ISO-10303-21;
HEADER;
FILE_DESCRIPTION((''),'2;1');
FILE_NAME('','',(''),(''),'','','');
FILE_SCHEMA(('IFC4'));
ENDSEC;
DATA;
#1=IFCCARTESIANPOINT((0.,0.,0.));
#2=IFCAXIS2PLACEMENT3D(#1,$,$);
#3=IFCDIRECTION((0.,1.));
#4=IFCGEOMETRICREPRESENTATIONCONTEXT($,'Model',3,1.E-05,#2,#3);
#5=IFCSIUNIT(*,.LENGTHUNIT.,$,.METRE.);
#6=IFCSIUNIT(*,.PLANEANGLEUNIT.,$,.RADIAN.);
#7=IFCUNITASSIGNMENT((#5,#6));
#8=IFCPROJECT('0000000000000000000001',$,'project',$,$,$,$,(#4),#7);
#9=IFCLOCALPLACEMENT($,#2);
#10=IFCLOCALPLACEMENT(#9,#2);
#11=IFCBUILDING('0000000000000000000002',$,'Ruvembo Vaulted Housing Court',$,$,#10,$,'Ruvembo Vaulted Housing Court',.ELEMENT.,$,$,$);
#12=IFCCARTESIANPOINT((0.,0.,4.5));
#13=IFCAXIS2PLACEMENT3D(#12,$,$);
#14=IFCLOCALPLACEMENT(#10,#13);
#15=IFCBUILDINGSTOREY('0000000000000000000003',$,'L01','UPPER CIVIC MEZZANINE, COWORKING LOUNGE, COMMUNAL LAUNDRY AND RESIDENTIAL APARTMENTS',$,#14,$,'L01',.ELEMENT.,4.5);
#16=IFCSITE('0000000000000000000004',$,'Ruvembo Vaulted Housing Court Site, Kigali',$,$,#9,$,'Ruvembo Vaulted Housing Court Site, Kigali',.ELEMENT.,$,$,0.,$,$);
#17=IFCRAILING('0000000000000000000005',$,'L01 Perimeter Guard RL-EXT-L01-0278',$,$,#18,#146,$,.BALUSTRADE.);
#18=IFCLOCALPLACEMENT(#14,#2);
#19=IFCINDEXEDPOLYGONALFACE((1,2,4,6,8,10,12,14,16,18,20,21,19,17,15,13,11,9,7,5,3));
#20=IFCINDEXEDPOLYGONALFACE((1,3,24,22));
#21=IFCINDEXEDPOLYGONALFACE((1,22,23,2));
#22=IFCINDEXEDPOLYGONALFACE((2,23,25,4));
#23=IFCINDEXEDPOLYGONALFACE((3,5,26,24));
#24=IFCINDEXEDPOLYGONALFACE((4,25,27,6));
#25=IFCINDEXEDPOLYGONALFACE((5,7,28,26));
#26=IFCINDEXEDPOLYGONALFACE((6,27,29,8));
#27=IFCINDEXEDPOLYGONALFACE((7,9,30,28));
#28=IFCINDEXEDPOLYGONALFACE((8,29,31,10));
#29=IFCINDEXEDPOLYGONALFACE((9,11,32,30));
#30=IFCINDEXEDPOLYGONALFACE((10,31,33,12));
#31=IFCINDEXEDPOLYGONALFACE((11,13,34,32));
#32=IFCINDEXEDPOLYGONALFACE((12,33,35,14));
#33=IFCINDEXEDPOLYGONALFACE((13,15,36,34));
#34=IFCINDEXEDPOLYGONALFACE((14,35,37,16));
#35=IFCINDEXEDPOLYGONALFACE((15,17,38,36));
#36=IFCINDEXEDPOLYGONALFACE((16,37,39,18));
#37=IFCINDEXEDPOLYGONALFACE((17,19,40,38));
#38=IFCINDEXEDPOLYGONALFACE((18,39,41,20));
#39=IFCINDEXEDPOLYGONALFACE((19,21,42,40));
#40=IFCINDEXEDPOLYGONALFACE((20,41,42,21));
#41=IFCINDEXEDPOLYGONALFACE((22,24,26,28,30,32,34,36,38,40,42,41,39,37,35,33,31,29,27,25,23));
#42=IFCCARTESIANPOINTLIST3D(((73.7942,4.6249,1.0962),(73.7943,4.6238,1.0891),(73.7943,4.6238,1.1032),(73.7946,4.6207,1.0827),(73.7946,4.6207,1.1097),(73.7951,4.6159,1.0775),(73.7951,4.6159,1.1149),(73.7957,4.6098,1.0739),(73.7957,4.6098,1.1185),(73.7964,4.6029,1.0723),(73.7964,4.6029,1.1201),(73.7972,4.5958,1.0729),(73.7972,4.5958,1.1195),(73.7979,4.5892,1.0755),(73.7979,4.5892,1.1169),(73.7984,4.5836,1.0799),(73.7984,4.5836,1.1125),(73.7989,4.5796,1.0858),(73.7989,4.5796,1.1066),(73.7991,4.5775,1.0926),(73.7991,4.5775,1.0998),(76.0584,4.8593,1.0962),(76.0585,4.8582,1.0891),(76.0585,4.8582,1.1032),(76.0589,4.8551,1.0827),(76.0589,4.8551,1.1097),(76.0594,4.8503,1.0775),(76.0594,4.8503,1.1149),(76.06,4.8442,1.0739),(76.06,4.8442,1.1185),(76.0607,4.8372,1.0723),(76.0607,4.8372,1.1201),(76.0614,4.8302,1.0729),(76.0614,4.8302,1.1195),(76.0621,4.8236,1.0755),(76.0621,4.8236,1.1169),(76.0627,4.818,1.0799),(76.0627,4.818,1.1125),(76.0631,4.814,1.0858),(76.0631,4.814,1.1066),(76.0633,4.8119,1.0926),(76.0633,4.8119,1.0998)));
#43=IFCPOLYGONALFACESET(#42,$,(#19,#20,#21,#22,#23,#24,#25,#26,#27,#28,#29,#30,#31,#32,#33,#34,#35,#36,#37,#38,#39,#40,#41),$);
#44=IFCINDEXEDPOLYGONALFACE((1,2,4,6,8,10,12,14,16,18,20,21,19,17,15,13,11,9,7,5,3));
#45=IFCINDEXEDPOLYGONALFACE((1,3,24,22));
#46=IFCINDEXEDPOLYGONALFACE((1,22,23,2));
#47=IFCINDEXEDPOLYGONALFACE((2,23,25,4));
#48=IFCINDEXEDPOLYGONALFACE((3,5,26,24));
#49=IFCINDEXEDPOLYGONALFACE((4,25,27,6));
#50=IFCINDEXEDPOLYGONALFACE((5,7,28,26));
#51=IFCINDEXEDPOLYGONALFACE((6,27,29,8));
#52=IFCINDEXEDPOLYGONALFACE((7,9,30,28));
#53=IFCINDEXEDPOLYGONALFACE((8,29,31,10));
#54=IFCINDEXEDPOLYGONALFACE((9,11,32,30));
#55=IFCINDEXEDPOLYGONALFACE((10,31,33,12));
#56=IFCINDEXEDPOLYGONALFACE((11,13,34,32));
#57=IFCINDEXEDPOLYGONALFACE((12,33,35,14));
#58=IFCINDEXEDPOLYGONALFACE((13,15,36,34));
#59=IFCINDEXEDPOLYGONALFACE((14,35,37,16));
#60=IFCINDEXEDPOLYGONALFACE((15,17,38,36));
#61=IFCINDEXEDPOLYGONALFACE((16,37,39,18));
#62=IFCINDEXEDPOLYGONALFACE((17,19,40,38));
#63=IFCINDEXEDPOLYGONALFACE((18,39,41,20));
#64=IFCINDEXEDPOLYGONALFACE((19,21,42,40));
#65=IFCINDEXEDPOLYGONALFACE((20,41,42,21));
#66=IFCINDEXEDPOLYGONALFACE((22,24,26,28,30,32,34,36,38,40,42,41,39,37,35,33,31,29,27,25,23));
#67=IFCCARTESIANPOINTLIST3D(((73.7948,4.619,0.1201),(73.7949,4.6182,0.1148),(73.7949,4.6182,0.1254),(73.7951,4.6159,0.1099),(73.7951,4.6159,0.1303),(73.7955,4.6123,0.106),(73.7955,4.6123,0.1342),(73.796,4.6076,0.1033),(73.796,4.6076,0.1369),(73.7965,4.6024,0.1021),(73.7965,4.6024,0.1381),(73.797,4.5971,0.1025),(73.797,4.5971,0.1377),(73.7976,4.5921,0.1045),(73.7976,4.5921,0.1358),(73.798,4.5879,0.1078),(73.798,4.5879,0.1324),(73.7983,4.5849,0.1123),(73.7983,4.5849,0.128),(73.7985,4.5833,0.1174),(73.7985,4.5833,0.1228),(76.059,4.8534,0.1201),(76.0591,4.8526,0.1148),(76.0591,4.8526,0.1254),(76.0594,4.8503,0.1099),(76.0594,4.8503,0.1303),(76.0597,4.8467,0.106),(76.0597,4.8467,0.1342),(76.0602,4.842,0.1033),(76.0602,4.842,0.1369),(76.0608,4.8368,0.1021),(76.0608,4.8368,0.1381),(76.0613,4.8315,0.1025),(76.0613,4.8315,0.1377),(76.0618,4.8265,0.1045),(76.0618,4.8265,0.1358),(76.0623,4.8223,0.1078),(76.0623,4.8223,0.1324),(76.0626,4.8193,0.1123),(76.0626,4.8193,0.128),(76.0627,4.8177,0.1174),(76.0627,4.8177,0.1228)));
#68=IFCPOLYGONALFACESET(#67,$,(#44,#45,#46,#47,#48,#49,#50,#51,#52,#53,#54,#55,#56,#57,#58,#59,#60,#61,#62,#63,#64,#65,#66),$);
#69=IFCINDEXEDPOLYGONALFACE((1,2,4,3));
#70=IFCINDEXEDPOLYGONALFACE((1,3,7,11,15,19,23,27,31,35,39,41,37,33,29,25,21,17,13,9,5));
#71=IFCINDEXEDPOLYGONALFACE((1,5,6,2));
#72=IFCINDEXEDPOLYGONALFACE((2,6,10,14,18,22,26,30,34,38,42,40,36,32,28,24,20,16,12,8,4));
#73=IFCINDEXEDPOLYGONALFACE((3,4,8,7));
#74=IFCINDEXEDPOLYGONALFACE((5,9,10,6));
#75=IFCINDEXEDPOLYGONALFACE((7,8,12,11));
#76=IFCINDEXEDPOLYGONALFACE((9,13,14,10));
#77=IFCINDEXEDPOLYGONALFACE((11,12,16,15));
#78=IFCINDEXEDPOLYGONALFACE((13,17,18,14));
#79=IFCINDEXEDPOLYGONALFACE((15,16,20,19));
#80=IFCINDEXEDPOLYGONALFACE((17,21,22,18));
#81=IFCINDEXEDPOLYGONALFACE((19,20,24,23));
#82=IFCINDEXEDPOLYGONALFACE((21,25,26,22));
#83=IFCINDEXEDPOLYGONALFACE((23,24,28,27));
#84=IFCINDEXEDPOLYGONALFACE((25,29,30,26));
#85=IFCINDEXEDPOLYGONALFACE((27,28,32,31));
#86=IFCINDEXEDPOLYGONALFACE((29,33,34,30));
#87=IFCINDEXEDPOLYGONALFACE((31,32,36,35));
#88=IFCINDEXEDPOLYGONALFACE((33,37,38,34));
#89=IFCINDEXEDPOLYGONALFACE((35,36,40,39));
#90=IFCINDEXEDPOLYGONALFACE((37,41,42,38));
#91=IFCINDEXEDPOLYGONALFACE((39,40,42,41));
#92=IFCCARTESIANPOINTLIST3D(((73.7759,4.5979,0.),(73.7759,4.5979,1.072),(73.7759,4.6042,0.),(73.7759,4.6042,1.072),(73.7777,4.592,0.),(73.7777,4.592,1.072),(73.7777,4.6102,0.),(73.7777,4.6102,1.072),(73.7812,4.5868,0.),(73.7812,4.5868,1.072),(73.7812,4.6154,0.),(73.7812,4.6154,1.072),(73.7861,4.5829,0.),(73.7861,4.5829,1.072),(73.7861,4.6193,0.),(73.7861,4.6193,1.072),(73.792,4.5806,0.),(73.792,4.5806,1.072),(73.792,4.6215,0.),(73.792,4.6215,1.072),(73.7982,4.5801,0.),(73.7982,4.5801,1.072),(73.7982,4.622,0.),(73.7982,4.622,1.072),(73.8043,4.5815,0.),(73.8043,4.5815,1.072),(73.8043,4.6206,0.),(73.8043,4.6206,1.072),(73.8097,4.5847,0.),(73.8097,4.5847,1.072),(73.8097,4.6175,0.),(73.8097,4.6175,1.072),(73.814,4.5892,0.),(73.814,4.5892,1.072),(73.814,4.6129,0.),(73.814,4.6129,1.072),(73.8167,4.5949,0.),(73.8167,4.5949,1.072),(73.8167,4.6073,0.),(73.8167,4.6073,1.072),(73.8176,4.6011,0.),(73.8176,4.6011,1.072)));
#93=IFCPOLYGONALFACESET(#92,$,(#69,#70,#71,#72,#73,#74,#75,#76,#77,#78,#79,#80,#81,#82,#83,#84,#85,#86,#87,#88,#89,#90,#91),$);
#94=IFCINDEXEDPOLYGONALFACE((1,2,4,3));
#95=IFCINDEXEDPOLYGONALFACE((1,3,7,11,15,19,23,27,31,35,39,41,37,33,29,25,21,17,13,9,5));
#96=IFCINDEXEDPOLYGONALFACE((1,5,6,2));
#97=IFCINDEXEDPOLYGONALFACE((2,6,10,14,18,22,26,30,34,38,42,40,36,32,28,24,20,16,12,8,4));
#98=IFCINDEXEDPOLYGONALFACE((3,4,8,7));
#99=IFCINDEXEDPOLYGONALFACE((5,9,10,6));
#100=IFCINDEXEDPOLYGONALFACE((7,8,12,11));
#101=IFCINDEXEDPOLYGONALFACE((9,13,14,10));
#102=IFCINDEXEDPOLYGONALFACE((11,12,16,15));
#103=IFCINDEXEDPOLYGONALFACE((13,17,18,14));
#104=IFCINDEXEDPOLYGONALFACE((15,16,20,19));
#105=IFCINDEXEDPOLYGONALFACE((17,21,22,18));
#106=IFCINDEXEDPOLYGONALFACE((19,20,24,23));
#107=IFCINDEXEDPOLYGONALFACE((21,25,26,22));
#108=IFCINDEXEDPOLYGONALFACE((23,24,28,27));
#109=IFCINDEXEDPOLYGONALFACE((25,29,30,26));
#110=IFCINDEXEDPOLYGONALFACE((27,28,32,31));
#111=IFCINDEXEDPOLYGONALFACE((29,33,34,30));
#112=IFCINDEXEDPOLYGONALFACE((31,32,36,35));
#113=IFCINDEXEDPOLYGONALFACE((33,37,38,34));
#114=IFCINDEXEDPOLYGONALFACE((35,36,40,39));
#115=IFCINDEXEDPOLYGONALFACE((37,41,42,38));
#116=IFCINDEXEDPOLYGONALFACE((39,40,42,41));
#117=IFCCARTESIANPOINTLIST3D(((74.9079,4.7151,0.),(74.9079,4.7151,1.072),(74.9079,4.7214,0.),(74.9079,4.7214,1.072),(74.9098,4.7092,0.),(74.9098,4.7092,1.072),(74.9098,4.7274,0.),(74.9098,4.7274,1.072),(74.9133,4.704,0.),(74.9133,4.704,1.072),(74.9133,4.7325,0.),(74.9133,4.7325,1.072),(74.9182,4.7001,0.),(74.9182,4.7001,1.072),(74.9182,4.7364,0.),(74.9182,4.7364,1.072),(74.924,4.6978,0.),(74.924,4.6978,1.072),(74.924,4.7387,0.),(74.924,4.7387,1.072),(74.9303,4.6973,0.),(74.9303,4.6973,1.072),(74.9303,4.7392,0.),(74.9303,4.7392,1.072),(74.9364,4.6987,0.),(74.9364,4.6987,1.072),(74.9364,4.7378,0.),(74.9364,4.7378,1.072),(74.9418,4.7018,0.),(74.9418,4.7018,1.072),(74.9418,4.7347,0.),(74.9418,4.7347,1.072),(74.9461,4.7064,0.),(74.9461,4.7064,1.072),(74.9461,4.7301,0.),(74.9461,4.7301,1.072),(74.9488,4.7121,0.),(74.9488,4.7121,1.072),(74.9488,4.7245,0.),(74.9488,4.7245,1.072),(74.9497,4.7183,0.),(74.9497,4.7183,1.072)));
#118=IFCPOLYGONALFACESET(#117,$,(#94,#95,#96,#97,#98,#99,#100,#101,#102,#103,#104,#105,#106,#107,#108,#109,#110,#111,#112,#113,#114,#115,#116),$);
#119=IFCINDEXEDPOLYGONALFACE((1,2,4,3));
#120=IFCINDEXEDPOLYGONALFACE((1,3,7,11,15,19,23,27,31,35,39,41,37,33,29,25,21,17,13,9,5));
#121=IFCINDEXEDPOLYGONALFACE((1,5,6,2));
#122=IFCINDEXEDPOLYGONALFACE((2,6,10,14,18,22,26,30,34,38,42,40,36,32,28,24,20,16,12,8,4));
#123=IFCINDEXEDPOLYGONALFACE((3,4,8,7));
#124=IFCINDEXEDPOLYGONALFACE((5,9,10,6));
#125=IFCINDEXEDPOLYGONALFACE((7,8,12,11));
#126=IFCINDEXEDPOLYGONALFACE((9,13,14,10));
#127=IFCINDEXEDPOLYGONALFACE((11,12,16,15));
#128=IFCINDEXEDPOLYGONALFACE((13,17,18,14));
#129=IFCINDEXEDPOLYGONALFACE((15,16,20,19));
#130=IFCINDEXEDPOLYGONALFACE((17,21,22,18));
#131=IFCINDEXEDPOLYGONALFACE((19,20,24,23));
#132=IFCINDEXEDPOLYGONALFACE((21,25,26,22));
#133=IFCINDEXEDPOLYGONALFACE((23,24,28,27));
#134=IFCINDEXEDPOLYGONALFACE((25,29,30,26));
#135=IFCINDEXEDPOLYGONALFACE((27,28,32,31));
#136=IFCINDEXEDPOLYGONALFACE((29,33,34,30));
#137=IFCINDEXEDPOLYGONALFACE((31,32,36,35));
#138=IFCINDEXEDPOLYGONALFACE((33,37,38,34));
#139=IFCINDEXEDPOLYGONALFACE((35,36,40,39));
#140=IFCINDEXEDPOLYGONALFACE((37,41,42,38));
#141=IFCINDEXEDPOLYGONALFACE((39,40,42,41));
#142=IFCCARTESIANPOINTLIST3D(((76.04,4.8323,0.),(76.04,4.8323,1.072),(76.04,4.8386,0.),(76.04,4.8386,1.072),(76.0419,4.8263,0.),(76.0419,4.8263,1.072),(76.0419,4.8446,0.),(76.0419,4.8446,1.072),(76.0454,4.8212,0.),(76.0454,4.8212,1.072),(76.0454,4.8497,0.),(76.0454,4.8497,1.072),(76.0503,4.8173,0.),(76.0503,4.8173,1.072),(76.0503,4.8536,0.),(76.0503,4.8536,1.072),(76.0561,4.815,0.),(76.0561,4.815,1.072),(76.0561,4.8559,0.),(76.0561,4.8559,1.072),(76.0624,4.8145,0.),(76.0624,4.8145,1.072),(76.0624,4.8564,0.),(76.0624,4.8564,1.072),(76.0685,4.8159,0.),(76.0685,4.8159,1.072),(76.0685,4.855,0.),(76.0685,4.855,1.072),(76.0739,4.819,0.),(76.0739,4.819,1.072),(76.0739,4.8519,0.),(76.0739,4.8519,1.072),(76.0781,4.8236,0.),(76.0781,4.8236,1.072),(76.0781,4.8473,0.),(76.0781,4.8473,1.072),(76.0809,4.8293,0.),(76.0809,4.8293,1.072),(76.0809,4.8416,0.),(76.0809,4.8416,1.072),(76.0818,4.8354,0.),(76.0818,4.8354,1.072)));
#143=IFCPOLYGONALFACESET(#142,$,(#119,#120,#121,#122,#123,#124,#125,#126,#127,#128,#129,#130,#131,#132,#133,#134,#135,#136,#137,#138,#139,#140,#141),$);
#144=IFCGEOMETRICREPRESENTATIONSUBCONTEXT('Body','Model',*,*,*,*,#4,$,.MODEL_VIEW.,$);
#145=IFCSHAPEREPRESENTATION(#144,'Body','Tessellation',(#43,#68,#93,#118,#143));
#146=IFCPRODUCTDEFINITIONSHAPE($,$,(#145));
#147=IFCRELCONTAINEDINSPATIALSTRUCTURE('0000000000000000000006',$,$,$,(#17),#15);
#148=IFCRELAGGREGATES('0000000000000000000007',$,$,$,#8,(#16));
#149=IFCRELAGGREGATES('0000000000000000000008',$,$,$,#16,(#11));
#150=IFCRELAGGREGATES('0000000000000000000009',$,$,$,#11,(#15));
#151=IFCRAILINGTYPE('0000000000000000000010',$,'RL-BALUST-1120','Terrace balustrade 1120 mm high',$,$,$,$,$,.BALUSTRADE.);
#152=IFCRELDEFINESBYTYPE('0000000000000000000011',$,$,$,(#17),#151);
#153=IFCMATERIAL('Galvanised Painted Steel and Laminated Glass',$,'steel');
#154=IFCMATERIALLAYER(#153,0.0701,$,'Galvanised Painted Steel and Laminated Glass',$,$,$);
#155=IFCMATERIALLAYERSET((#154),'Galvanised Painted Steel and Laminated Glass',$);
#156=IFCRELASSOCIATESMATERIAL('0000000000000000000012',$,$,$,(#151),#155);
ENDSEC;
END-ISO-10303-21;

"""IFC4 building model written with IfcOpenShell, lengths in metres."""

from ifc_helpers import new_model, si_unit, direction, frame, origin, origin_2d, place, context, subcontext, project, spatial, circle, extrude, material, layer, layer_set, type_object, element, save


model = new_model("IFC4")

# Units and contexts
model_context = context("Model", 3, precision=1e-05, world=origin(), true_north=direction((0.0, 1.0)))
body_context = subcontext(model_context, "Body", "Model", "MODEL_VIEW")
ifc_project = project(units=[si_unit("LENGTHUNIT", "METRE"), si_unit("PLANEANGLEUNIT", "RADIAN")], contexts=[model_context])

# Site, building, storey
site_placement = place(None, origin())
site = spatial("IfcSite", under=ifc_project, at=site_placement, Name="Ruvembo Vaulted Housing Court Site, Kigali", LongName="Ruvembo Vaulted Housing Court Site, Kigali", CompositionType="ELEMENT", RefElevation=0.0)
building_placement = place(site_placement, origin())
building = spatial("IfcBuilding", under=site, at=building_placement, Name="Ruvembo Vaulted Housing Court", LongName="Ruvembo Vaulted Housing Court", CompositionType="ELEMENT")
storey_placement = place(building_placement, frame((0.0, 0.0, 4.5)))
storey = spatial("IfcBuildingStorey", under=building, at=storey_placement, Name="L01", Description="UPPER CIVIC MEZZANINE, COWORKING LOUNGE, COMMUNAL LAUNDRY AND RESIDENTIAL APARTMENTS", LongName="L01", CompositionType="ELEMENT", Elevation=4.5)

# Railing
ifc_material_1 = material(Name="Galvanised Painted Steel and Laminated Glass", Category="steel")
ifc_layer_1 = layer(ifc_material_1, 0.0701, Name="Galvanised Painted Steel and Laminated Glass")
ifc_layer_set_1 = layer_set([ifc_layer_1], Name="Galvanised Painted Steel and Laminated Glass")
railing_type = type_object("IfcRailingType", Name="RL-BALUST-1120", Description="Terrace balustrade 1120 mm high", PredefinedType="BALUSTRADE", material=ifc_layer_set_1)
railing_1_placement = place(storey_placement, frame((73.7966, 4.6011, 0.0)))
element("IfcRailing", 1, at=railing_1_placement, inside=storey, type_object=railing_type, Name="L01 Perimeter Guard RL-EXT-L01-0278", PredefinedType="BALUSTRADE", context=body_context, shape_type="SweptSolid", body=[
    extrude(circle(Radius=0.0239, at=origin_2d()), frame((0.0, 0.0, 1.0962), z_axis=(0.994685, 0.102965, 0.0), x_axis=(-0.102965, 0.994685, 0.0)), (0.0, 0.0, 1.0), 2.2764),
    extrude(circle(Radius=0.0181, at=origin_2d()), frame((0.0, 0.0, 0.1201), z_axis=(0.994685, 0.102965, 0.0), x_axis=(-0.102965, 0.994685, 0.0)), (0.0, 0.0, 1.0), 2.2764),
    extrude(circle(Radius=0.021, at=origin_2d()), origin(), (0.0, 0.0, 1.0), 1.072),
    extrude(circle(Radius=0.021, at=origin_2d()), frame((1.1321, 0.1172, 0.0)), (0.0, 0.0, 1.0), 1.072),
    extrude(circle(Radius=0.021, at=origin_2d()), frame((2.2642, 0.2344, 0.0)), (0.0, 0.0, 1.0), 1.072),
])

save(model, "model.ifc")
